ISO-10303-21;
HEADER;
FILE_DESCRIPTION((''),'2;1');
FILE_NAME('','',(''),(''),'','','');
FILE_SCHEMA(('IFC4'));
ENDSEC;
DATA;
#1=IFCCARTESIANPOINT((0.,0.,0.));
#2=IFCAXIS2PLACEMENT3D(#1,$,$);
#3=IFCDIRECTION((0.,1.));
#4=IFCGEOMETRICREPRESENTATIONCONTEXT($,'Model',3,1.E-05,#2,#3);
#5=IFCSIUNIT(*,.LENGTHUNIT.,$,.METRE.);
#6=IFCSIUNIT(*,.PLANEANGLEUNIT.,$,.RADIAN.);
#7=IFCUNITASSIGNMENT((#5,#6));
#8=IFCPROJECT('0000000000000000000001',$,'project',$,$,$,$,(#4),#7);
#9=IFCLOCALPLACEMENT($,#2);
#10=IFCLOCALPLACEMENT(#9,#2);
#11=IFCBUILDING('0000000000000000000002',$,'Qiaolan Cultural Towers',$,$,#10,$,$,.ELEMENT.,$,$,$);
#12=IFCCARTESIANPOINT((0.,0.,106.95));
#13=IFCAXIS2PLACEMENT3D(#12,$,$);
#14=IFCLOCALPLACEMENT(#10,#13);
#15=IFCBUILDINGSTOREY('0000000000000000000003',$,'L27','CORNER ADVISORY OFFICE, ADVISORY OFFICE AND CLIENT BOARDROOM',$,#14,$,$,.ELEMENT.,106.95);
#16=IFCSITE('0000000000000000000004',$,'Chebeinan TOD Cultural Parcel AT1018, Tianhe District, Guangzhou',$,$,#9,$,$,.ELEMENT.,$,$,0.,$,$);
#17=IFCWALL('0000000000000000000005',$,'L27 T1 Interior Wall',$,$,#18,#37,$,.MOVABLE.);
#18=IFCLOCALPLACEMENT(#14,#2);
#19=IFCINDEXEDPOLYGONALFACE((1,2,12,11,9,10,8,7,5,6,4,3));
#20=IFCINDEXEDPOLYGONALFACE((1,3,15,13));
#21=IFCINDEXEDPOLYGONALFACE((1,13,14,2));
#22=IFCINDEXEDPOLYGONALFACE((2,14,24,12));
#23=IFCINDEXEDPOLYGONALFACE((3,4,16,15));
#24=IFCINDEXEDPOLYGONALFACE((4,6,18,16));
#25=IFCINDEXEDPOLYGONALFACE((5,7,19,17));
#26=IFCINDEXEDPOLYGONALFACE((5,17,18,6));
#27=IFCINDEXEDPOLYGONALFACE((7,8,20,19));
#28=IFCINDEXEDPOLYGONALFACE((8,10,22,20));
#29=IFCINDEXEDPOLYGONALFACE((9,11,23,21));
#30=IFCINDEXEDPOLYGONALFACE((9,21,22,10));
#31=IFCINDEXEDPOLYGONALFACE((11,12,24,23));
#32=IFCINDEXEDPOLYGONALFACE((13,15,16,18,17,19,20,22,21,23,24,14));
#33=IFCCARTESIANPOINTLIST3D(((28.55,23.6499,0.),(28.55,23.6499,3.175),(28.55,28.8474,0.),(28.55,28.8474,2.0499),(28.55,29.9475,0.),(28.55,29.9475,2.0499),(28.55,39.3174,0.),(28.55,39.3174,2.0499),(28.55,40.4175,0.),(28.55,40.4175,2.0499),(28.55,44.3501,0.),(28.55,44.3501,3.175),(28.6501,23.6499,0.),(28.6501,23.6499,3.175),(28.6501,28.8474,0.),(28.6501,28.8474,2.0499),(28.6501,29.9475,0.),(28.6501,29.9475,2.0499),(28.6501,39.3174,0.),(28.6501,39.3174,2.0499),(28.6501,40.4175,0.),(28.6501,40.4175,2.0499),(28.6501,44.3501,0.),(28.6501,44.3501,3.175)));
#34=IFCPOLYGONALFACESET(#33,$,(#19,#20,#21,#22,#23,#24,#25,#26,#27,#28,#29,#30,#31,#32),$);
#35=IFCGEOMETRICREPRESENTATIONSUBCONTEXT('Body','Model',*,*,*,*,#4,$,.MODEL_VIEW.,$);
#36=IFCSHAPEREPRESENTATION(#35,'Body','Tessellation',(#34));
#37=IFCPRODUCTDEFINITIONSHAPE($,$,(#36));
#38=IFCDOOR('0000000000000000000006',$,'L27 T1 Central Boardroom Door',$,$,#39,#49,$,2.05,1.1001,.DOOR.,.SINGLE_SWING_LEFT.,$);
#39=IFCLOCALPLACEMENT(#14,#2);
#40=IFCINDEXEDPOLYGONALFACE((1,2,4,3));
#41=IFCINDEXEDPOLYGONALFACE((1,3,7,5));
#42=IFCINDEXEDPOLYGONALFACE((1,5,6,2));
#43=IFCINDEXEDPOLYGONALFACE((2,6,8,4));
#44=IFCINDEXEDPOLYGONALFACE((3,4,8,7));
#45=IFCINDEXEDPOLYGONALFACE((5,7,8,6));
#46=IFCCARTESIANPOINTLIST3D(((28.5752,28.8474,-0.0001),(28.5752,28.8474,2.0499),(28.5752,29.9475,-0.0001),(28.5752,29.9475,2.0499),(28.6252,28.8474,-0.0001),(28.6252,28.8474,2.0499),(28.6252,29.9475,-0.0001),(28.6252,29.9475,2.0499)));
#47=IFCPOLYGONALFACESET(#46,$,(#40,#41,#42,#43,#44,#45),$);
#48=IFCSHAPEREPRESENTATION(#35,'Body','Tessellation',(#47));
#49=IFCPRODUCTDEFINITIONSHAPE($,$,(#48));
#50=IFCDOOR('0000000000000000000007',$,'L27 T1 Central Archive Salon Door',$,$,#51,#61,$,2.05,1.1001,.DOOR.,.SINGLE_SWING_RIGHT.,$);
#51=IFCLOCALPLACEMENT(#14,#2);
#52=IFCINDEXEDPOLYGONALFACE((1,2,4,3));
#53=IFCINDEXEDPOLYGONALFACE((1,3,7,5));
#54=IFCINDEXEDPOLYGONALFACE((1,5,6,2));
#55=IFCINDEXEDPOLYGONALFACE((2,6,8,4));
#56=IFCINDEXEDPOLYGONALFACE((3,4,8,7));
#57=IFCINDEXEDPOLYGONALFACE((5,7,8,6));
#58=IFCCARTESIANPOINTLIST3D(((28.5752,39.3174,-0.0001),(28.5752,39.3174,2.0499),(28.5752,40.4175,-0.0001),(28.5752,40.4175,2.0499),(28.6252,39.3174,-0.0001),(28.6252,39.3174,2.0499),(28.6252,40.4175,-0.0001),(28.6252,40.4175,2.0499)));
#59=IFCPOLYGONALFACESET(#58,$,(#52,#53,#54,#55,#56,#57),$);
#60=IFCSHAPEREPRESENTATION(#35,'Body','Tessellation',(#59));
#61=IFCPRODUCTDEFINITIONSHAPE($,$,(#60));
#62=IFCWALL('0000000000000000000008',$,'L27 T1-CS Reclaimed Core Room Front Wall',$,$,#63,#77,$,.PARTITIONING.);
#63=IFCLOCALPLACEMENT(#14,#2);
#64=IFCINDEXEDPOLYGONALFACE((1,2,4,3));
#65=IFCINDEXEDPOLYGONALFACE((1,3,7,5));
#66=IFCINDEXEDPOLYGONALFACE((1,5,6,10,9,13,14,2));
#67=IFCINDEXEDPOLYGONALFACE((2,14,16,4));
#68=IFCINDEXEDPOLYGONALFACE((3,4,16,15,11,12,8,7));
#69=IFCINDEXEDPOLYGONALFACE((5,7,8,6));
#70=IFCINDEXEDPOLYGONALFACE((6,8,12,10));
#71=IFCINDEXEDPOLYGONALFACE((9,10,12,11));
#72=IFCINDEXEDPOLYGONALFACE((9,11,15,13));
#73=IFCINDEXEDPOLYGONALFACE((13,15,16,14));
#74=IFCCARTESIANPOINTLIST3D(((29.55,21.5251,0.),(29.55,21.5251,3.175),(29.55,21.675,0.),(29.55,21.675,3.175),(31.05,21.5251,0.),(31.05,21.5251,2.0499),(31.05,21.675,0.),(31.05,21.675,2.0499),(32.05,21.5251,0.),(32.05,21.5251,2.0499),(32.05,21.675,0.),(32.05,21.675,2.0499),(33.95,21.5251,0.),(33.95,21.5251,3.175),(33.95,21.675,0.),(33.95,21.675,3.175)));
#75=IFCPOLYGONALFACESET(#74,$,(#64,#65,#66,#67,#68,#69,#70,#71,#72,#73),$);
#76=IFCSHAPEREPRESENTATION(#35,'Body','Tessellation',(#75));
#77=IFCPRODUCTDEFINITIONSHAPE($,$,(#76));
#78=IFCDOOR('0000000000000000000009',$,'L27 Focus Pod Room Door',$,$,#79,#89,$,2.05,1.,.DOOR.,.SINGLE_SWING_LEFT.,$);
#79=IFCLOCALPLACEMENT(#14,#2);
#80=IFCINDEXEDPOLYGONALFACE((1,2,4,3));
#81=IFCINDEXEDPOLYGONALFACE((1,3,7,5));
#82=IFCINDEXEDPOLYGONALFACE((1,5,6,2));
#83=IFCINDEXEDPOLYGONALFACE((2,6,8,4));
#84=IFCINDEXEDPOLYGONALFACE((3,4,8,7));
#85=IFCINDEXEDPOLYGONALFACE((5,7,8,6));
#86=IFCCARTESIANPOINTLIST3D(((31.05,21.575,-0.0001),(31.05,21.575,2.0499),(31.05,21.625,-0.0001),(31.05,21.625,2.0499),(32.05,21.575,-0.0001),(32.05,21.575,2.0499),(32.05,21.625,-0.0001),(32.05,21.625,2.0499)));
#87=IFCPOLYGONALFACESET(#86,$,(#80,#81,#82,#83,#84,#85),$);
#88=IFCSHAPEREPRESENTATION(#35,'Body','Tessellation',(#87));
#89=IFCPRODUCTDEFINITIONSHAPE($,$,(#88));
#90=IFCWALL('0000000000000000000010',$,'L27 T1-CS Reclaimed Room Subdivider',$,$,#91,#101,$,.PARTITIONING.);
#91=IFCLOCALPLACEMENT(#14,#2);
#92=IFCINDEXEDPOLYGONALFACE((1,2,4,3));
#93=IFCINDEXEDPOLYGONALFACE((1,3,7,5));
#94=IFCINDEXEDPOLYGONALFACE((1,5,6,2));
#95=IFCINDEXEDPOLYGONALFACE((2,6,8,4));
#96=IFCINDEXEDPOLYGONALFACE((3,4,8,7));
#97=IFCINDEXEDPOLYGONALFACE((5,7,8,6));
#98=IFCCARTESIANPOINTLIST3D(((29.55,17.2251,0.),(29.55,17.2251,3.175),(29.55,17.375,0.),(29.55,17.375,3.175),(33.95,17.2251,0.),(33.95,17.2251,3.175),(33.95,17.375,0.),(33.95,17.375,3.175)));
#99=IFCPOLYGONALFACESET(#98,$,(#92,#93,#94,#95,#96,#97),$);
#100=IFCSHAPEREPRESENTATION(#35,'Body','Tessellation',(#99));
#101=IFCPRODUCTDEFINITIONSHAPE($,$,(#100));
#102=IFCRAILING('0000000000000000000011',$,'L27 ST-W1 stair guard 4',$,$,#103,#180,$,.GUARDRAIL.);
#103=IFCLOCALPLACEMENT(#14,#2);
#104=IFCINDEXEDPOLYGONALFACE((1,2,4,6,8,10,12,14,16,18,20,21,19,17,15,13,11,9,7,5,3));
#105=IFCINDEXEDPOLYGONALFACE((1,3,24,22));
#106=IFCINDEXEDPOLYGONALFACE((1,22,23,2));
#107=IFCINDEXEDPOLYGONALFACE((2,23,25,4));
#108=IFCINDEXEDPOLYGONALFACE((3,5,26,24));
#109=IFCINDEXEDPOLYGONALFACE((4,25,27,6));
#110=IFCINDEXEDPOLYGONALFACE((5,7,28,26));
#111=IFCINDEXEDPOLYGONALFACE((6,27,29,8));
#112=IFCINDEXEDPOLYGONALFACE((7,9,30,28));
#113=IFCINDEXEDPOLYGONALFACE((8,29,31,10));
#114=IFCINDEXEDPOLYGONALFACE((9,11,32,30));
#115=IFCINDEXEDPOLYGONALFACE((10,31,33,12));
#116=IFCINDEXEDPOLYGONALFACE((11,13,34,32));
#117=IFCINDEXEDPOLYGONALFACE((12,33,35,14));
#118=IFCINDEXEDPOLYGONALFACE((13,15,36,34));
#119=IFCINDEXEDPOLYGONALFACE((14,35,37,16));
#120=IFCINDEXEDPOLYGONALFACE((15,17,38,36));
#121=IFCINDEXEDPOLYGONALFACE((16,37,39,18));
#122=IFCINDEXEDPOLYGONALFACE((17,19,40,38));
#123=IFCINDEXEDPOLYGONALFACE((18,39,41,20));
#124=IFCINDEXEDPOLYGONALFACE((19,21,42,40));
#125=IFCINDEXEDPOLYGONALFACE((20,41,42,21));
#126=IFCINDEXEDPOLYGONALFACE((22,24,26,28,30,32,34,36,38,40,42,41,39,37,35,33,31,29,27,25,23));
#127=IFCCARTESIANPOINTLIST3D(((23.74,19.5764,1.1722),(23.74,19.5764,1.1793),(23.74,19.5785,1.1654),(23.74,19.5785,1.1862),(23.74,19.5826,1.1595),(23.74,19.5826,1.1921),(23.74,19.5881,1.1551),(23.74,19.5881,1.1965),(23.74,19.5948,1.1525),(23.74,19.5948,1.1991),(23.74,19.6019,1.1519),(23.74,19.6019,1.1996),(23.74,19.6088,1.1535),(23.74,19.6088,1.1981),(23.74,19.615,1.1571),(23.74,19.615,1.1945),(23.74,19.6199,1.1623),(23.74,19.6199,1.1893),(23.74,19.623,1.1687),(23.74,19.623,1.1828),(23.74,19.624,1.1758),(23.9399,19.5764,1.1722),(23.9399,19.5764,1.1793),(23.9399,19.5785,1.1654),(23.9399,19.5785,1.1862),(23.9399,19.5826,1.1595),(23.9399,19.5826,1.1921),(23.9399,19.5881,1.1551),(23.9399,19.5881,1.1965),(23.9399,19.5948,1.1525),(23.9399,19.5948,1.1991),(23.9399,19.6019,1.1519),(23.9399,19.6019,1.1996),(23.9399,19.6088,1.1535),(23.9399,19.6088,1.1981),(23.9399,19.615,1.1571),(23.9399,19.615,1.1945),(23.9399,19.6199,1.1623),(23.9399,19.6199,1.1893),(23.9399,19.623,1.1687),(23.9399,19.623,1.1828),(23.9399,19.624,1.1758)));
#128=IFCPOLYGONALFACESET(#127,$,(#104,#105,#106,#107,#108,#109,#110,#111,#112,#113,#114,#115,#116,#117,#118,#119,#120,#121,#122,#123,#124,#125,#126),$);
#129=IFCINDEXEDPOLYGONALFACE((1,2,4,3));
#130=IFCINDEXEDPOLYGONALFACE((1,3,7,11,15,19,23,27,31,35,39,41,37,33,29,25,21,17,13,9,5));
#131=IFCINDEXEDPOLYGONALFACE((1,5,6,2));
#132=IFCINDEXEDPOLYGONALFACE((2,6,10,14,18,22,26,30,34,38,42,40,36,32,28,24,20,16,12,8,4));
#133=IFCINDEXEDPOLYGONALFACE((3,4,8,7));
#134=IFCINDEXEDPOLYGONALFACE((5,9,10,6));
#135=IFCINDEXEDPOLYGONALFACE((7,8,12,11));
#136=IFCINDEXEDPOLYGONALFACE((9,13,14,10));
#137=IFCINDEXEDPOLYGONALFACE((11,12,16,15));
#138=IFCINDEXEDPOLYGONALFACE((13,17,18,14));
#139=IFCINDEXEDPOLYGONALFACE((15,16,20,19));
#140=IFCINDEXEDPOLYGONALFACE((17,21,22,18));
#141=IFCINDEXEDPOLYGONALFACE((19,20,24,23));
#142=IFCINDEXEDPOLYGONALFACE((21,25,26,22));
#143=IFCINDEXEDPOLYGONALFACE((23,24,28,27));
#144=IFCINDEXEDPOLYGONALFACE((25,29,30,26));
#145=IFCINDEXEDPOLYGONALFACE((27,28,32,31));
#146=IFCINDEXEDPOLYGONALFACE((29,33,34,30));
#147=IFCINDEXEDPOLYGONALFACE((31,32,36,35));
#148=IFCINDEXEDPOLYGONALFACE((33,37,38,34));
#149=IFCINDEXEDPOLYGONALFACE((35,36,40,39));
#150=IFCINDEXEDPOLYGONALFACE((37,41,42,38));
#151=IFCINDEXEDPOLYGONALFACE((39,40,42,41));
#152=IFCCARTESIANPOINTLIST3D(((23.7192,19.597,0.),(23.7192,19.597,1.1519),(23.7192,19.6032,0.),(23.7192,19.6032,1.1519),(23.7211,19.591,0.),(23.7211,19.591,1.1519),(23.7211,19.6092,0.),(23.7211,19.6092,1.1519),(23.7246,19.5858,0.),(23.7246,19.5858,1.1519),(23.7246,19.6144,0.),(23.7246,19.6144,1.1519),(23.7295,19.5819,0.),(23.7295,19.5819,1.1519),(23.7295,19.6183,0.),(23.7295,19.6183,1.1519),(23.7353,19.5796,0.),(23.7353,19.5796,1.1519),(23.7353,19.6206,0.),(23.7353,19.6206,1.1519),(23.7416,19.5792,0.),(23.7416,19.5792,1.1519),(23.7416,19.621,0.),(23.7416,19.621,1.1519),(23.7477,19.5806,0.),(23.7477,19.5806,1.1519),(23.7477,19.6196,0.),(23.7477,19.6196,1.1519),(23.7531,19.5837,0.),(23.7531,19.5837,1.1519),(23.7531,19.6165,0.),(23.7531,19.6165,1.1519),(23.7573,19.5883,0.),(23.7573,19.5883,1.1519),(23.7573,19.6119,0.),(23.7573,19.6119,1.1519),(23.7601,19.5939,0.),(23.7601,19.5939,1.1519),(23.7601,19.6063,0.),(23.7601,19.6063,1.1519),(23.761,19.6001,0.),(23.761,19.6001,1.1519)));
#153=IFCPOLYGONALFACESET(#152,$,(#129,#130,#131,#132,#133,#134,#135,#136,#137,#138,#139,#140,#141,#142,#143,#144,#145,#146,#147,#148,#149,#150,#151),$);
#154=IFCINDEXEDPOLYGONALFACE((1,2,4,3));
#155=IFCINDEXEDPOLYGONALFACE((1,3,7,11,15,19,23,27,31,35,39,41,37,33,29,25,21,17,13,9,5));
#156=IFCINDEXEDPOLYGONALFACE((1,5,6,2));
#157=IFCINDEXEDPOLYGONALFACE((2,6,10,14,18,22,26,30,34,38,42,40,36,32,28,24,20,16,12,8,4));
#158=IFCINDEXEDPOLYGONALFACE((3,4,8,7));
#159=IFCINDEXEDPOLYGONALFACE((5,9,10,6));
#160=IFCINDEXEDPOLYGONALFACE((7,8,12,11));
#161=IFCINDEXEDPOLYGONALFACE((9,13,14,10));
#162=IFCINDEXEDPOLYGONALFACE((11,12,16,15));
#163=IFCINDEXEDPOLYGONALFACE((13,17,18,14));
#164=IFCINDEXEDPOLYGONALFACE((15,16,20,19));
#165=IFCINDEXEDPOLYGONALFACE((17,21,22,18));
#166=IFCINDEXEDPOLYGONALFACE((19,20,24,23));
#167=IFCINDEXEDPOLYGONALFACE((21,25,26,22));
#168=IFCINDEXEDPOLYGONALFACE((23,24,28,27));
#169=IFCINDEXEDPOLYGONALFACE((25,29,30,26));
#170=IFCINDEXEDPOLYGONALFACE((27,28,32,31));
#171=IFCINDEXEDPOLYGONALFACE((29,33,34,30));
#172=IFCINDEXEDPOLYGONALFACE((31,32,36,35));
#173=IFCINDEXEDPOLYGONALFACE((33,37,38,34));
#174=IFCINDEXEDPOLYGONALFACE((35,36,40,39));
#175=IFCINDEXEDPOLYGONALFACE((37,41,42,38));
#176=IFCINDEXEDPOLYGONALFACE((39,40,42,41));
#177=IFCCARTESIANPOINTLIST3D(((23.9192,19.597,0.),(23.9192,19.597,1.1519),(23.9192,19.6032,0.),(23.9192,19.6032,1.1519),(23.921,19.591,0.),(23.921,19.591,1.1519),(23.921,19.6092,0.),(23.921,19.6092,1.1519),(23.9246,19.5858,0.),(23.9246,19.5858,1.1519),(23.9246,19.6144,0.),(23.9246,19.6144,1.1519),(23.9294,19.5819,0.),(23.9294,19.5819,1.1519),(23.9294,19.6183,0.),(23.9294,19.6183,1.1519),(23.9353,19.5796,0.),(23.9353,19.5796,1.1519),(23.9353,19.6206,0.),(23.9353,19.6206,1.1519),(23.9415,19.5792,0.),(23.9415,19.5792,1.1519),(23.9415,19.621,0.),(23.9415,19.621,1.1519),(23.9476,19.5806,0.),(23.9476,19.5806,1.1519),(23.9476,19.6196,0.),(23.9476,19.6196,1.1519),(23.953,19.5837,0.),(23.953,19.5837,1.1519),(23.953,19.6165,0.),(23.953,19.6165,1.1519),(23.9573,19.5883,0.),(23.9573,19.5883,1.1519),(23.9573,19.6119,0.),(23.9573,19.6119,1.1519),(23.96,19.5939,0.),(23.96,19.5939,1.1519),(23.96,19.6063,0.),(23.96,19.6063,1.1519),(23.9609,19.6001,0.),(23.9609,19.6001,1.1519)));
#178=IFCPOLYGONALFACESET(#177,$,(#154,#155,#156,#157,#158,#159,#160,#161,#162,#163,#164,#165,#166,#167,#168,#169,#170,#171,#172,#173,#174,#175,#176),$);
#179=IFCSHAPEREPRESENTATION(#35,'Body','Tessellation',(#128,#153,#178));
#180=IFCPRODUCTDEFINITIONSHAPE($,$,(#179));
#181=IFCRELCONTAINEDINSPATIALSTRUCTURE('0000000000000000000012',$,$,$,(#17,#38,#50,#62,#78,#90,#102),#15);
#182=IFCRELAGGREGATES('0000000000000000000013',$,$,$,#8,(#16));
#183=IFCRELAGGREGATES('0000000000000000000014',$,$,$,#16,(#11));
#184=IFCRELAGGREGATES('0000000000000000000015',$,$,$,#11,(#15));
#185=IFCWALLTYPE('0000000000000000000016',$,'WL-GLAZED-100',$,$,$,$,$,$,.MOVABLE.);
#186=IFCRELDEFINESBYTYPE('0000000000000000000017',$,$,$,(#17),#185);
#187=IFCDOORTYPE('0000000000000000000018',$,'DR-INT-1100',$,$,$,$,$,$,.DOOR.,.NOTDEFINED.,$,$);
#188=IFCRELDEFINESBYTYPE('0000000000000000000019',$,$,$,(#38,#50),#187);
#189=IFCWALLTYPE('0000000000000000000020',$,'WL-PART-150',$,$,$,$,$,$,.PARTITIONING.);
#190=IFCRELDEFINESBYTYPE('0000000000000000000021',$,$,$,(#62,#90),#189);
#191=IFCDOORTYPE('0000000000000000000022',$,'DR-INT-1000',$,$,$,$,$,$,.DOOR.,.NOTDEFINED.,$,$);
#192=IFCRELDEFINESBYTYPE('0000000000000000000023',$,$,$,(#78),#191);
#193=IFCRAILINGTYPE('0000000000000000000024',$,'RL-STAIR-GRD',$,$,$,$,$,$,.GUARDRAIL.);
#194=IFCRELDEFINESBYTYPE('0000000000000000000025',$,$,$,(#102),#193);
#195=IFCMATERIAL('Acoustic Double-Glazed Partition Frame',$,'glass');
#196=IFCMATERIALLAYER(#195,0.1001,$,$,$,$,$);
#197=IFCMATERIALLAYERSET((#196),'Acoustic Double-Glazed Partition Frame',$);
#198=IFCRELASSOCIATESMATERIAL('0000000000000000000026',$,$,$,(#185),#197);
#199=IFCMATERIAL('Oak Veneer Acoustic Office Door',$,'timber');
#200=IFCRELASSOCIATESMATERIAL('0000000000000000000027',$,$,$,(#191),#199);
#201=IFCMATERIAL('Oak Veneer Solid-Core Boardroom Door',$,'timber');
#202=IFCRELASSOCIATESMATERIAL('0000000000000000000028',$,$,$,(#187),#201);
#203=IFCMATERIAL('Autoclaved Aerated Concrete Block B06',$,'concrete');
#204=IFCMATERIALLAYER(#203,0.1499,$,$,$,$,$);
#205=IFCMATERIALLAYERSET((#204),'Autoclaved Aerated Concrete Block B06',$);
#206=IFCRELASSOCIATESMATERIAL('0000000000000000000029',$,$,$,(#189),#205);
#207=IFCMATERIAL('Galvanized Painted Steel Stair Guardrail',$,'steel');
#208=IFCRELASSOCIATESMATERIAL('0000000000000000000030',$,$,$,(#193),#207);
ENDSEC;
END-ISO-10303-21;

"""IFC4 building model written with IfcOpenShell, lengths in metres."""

from ifc_helpers import new_model, si_unit, direction, frame, frame_2d, origin, origin_2d, place, context, subcontext, project, spatial, rectangle, circle, extrude, material, layer, layer_set, type_object, element, fill, save


model = new_model("IFC4")

# Units and contexts
model_context = context("Model", 3, precision=1e-05, world=origin(), true_north=direction((0.0, 1.0)))
body_context = subcontext(model_context, "Body", "Model", "MODEL_VIEW")
ifc_project = project(units=[si_unit("LENGTHUNIT", "METRE"), si_unit("PLANEANGLEUNIT", "RADIAN")], contexts=[model_context])

# Site, building, storey
site_placement = place(None, origin())
site = spatial("IfcSite", under=ifc_project, at=site_placement, Name="Chebeinan TOD Cultural Parcel AT1018, Tianhe District, Guangzhou", CompositionType="ELEMENT", RefElevation=0.0)
building_placement = place(site_placement, origin())
building = spatial("IfcBuilding", under=site, at=building_placement, Name="Qiaolan Cultural Towers", CompositionType="ELEMENT")
storey_placement = place(building_placement, frame((0.0, 0.0, 106.95)))
storey = spatial("IfcBuildingStorey", under=building, at=storey_placement, Name="L27", Description="CORNER ADVISORY OFFICE, ADVISORY OFFICE AND CLIENT BOARDROOM", CompositionType="ELEMENT", Elevation=106.95)

# Shared definitions
ifc_material_1 = material(Name="Acoustic Double-Glazed Partition Frame", Category="glass")
ifc_layer_1 = layer(ifc_material_1, 0.1001)
ifc_layer_set_1 = layer_set([ifc_layer_1], Name="Acoustic Double-Glazed Partition Frame")
wall_type_1 = type_object("IfcWallType", Name="WL-GLAZED-100", PredefinedType="MOVABLE", material=ifc_layer_set_1)

# Wall, openings, doors
ifc_material_2 = material(Name="Oak Veneer Acoustic Office Door", Category="timber")
door_type_1 = type_object("IfcDoorType", Name="DR-INT-1000", OperationType="NOTDEFINED", PredefinedType="DOOR", material=ifc_material_2)
wall_1_placement = place(storey_placement, frame((28.6001, 23.6499, 0.0), z_axis=(0.0, 0.0, 1.0), x_axis=(0.0, 1.0, 0.0)))
wall_1 = element("IfcWall", 1, at=wall_1_placement, inside=storey, type_object=wall_type_1, Name="L27 T1 Interior Wall", PredefinedType="MOVABLE", context=body_context, shape_type="SweptSolid", body=[
    extrude(rectangle(XDim=20.7002, YDim=0.1001, at=frame_2d((10.3501, 0.0))), origin(), (0.0, 0.0, 1.0), 3.175),
])
opening_1_placement = place(wall_1_placement, frame((5.1975, 0.0, 0.0)))
opening_1 = element("IfcOpeningElement", 2, at=opening_1_placement, cuts=wall_1, PredefinedType="OPENING", context=body_context, shape_type="SweptSolid", body=[
    extrude(rectangle(XDim=1.1001, YDim=2.05, at=frame_2d((0.55, 1.0249))), frame((0.0, 0.0601, 0.0), z_axis=(0.0, -1.0, 0.0), x_axis=(1.0, 0.0, 0.0)), (0.0, 0.0, 1.0), 0.1201),
])
opening_2_placement = place(wall_1_placement, frame((15.6675, 0.0, 0.0)))
opening_2 = element("IfcOpeningElement", 3, at=opening_2_placement, cuts=wall_1, PredefinedType="OPENING", context=body_context, shape_type="SweptSolid", body=[
    extrude(rectangle(XDim=1.1001, YDim=2.05, at=frame_2d((0.55, 1.0249))), frame((0.0, 0.0601, 0.0), z_axis=(0.0, -1.0, 0.0), x_axis=(1.0, 0.0, 0.0)), (0.0, 0.0, 1.0), 0.1201),
])
ifc_material_3 = material(Name="Oak Veneer Solid-Core Boardroom Door", Category="timber")
door_type_2 = type_object("IfcDoorType", Name="DR-INT-1100", OperationType="NOTDEFINED", PredefinedType="DOOR", material=ifc_material_3)
door_1_placement = place(opening_1_placement, origin())
door_1 = element("IfcDoor", 4, at=door_1_placement, inside=storey, type_object=door_type_2, Name="L27 T1 Central Boardroom Door", OperationType="SINGLE_SWING_LEFT", OverallHeight=2.05, OverallWidth=1.1001, PredefinedType="DOOR", context=body_context, shape_type="SweptSolid", body=[
    extrude(rectangle(XDim=1.1001, YDim=2.05, at=frame_2d((0.55, 1.0249))), frame((0.0, 0.0249, 0.0), z_axis=(0.0, -1.0, 0.0), x_axis=(1.0, 0.0, 0.0)), (0.0, 0.0, 1.0), 0.05),
])
fill(opening_1, door_1)
door_2_placement = place(opening_2_placement, origin())
door_2 = element("IfcDoor", 5, at=door_2_placement, inside=storey, type_object=door_type_2, Name="L27 T1 Central Archive Salon Door", OperationType="SINGLE_SWING_RIGHT", OverallHeight=2.05, OverallWidth=1.1001, PredefinedType="DOOR", context=body_context, shape_type="SweptSolid", body=[
    extrude(rectangle(XDim=1.1001, YDim=2.05, at=frame_2d((0.55, 1.0249))), frame((0.0, 0.0249, 0.0), z_axis=(0.0, -1.0, 0.0), x_axis=(1.0, 0.0, 0.0)), (0.0, 0.0, 1.0), 0.05),
])
fill(opening_2, door_2)

# Wall, opening, door
ifc_material_4 = material(Name="Autoclaved Aerated Concrete Block B06", Category="concrete")
ifc_layer_2 = layer(ifc_material_4, 0.1499)
ifc_layer_set_2 = layer_set([ifc_layer_2], Name="Autoclaved Aerated Concrete Block B06")
wall_type_2 = type_object("IfcWallType", Name="WL-PART-150", PredefinedType="PARTITIONING", material=ifc_layer_set_2)
wall_2_placement = place(storey_placement, frame((29.55, 21.6001, 0.0), z_axis=(0.0, 0.0, 1.0), x_axis=(1.0, 0.0, 0.0)))
wall_2 = element("IfcWall", 6, at=wall_2_placement, inside=storey, type_object=wall_type_2, Name="L27 T1-CS Reclaimed Core Room Front Wall", PredefinedType="PARTITIONING", context=body_context, shape_type="SweptSolid", body=[
    extrude(rectangle(XDim=4.3999, YDim=0.1499, at=frame_2d((2.2, 0.0))), origin(), (0.0, 0.0, 1.0), 3.175),
])
opening_3_placement = place(wall_2_placement, frame((1.5, 0.0, 0.0)))
opening_3 = element("IfcOpeningElement", 7, at=opening_3_placement, cuts=wall_2, PredefinedType="OPENING", context=body_context, shape_type="SweptSolid", body=[
    extrude(rectangle(XDim=1.0, YDim=2.05, at=frame_2d((0.5, 1.0249))), frame((0.0, 0.085, 0.0), z_axis=(0.0, -1.0, 0.0), x_axis=(1.0, 0.0, 0.0)), (0.0, 0.0, 1.0), 0.1699),
])
door_3_placement = place(opening_3_placement, origin())
door_3 = element("IfcDoor", 8, at=door_3_placement, inside=storey, type_object=door_type_1, Name="L27 Focus Pod Room Door", OperationType="SINGLE_SWING_LEFT", OverallHeight=2.05, OverallWidth=1.0, PredefinedType="DOOR", context=body_context, shape_type="SweptSolid", body=[
    extrude(rectangle(XDim=1.0, YDim=2.05, at=frame_2d((0.5, 1.0249))), frame((0.0, 0.0249, 0.0), z_axis=(0.0, -1.0, 0.0), x_axis=(1.0, 0.0, 0.0)), (0.0, 0.0, 1.0), 0.05),
])
fill(opening_3, door_3)

# Wall
wall_3_placement = place(storey_placement, frame((29.55, 17.3, 0.0), z_axis=(0.0, 0.0, 1.0), x_axis=(1.0, 0.0, 0.0)))
element("IfcWall", 9, at=wall_3_placement, inside=storey, type_object=wall_type_2, Name="L27 T1-CS Reclaimed Room Subdivider", PredefinedType="PARTITIONING", context=body_context, shape_type="SweptSolid", body=[
    extrude(rectangle(XDim=4.3999, YDim=0.1499, at=frame_2d((2.2, 0.0))), origin(), (0.0, 0.0, 1.0), 3.175),
])

# Railing
ifc_material_5 = material(Name="Galvanized Painted Steel Stair Guardrail", Category="steel")
railing_type = type_object("IfcRailingType", Name="RL-STAIR-GRD", PredefinedType="GUARDRAIL", material=ifc_material_5)
railing_placement = place(storey_placement, frame((23.74, 19.6001, 0.0)))
element("IfcRailing", 10, at=railing_placement, inside=storey, type_object=railing_type, Name="L27 ST-W1 stair guard 4", PredefinedType="GUARDRAIL", context=body_context, shape_type="SweptSolid", body=[
    extrude(circle(Radius=0.0239, at=origin_2d()), frame((0.0, 0.0, 1.1758), z_axis=(1.0, 0.0, 0.0), x_axis=(0.0, 1.0, 0.0)), (0.0, 0.0, 1.0), 0.2),
    extrude(circle(Radius=0.021, at=origin_2d()), origin(), (0.0, 0.0, 1.0), 1.1519),
    extrude(circle(Radius=0.021, at=origin_2d()), frame((0.2, 0.0, 0.0)), (0.0, 0.0, 1.0), 1.1519),
])

save(model, "model.ifc")
